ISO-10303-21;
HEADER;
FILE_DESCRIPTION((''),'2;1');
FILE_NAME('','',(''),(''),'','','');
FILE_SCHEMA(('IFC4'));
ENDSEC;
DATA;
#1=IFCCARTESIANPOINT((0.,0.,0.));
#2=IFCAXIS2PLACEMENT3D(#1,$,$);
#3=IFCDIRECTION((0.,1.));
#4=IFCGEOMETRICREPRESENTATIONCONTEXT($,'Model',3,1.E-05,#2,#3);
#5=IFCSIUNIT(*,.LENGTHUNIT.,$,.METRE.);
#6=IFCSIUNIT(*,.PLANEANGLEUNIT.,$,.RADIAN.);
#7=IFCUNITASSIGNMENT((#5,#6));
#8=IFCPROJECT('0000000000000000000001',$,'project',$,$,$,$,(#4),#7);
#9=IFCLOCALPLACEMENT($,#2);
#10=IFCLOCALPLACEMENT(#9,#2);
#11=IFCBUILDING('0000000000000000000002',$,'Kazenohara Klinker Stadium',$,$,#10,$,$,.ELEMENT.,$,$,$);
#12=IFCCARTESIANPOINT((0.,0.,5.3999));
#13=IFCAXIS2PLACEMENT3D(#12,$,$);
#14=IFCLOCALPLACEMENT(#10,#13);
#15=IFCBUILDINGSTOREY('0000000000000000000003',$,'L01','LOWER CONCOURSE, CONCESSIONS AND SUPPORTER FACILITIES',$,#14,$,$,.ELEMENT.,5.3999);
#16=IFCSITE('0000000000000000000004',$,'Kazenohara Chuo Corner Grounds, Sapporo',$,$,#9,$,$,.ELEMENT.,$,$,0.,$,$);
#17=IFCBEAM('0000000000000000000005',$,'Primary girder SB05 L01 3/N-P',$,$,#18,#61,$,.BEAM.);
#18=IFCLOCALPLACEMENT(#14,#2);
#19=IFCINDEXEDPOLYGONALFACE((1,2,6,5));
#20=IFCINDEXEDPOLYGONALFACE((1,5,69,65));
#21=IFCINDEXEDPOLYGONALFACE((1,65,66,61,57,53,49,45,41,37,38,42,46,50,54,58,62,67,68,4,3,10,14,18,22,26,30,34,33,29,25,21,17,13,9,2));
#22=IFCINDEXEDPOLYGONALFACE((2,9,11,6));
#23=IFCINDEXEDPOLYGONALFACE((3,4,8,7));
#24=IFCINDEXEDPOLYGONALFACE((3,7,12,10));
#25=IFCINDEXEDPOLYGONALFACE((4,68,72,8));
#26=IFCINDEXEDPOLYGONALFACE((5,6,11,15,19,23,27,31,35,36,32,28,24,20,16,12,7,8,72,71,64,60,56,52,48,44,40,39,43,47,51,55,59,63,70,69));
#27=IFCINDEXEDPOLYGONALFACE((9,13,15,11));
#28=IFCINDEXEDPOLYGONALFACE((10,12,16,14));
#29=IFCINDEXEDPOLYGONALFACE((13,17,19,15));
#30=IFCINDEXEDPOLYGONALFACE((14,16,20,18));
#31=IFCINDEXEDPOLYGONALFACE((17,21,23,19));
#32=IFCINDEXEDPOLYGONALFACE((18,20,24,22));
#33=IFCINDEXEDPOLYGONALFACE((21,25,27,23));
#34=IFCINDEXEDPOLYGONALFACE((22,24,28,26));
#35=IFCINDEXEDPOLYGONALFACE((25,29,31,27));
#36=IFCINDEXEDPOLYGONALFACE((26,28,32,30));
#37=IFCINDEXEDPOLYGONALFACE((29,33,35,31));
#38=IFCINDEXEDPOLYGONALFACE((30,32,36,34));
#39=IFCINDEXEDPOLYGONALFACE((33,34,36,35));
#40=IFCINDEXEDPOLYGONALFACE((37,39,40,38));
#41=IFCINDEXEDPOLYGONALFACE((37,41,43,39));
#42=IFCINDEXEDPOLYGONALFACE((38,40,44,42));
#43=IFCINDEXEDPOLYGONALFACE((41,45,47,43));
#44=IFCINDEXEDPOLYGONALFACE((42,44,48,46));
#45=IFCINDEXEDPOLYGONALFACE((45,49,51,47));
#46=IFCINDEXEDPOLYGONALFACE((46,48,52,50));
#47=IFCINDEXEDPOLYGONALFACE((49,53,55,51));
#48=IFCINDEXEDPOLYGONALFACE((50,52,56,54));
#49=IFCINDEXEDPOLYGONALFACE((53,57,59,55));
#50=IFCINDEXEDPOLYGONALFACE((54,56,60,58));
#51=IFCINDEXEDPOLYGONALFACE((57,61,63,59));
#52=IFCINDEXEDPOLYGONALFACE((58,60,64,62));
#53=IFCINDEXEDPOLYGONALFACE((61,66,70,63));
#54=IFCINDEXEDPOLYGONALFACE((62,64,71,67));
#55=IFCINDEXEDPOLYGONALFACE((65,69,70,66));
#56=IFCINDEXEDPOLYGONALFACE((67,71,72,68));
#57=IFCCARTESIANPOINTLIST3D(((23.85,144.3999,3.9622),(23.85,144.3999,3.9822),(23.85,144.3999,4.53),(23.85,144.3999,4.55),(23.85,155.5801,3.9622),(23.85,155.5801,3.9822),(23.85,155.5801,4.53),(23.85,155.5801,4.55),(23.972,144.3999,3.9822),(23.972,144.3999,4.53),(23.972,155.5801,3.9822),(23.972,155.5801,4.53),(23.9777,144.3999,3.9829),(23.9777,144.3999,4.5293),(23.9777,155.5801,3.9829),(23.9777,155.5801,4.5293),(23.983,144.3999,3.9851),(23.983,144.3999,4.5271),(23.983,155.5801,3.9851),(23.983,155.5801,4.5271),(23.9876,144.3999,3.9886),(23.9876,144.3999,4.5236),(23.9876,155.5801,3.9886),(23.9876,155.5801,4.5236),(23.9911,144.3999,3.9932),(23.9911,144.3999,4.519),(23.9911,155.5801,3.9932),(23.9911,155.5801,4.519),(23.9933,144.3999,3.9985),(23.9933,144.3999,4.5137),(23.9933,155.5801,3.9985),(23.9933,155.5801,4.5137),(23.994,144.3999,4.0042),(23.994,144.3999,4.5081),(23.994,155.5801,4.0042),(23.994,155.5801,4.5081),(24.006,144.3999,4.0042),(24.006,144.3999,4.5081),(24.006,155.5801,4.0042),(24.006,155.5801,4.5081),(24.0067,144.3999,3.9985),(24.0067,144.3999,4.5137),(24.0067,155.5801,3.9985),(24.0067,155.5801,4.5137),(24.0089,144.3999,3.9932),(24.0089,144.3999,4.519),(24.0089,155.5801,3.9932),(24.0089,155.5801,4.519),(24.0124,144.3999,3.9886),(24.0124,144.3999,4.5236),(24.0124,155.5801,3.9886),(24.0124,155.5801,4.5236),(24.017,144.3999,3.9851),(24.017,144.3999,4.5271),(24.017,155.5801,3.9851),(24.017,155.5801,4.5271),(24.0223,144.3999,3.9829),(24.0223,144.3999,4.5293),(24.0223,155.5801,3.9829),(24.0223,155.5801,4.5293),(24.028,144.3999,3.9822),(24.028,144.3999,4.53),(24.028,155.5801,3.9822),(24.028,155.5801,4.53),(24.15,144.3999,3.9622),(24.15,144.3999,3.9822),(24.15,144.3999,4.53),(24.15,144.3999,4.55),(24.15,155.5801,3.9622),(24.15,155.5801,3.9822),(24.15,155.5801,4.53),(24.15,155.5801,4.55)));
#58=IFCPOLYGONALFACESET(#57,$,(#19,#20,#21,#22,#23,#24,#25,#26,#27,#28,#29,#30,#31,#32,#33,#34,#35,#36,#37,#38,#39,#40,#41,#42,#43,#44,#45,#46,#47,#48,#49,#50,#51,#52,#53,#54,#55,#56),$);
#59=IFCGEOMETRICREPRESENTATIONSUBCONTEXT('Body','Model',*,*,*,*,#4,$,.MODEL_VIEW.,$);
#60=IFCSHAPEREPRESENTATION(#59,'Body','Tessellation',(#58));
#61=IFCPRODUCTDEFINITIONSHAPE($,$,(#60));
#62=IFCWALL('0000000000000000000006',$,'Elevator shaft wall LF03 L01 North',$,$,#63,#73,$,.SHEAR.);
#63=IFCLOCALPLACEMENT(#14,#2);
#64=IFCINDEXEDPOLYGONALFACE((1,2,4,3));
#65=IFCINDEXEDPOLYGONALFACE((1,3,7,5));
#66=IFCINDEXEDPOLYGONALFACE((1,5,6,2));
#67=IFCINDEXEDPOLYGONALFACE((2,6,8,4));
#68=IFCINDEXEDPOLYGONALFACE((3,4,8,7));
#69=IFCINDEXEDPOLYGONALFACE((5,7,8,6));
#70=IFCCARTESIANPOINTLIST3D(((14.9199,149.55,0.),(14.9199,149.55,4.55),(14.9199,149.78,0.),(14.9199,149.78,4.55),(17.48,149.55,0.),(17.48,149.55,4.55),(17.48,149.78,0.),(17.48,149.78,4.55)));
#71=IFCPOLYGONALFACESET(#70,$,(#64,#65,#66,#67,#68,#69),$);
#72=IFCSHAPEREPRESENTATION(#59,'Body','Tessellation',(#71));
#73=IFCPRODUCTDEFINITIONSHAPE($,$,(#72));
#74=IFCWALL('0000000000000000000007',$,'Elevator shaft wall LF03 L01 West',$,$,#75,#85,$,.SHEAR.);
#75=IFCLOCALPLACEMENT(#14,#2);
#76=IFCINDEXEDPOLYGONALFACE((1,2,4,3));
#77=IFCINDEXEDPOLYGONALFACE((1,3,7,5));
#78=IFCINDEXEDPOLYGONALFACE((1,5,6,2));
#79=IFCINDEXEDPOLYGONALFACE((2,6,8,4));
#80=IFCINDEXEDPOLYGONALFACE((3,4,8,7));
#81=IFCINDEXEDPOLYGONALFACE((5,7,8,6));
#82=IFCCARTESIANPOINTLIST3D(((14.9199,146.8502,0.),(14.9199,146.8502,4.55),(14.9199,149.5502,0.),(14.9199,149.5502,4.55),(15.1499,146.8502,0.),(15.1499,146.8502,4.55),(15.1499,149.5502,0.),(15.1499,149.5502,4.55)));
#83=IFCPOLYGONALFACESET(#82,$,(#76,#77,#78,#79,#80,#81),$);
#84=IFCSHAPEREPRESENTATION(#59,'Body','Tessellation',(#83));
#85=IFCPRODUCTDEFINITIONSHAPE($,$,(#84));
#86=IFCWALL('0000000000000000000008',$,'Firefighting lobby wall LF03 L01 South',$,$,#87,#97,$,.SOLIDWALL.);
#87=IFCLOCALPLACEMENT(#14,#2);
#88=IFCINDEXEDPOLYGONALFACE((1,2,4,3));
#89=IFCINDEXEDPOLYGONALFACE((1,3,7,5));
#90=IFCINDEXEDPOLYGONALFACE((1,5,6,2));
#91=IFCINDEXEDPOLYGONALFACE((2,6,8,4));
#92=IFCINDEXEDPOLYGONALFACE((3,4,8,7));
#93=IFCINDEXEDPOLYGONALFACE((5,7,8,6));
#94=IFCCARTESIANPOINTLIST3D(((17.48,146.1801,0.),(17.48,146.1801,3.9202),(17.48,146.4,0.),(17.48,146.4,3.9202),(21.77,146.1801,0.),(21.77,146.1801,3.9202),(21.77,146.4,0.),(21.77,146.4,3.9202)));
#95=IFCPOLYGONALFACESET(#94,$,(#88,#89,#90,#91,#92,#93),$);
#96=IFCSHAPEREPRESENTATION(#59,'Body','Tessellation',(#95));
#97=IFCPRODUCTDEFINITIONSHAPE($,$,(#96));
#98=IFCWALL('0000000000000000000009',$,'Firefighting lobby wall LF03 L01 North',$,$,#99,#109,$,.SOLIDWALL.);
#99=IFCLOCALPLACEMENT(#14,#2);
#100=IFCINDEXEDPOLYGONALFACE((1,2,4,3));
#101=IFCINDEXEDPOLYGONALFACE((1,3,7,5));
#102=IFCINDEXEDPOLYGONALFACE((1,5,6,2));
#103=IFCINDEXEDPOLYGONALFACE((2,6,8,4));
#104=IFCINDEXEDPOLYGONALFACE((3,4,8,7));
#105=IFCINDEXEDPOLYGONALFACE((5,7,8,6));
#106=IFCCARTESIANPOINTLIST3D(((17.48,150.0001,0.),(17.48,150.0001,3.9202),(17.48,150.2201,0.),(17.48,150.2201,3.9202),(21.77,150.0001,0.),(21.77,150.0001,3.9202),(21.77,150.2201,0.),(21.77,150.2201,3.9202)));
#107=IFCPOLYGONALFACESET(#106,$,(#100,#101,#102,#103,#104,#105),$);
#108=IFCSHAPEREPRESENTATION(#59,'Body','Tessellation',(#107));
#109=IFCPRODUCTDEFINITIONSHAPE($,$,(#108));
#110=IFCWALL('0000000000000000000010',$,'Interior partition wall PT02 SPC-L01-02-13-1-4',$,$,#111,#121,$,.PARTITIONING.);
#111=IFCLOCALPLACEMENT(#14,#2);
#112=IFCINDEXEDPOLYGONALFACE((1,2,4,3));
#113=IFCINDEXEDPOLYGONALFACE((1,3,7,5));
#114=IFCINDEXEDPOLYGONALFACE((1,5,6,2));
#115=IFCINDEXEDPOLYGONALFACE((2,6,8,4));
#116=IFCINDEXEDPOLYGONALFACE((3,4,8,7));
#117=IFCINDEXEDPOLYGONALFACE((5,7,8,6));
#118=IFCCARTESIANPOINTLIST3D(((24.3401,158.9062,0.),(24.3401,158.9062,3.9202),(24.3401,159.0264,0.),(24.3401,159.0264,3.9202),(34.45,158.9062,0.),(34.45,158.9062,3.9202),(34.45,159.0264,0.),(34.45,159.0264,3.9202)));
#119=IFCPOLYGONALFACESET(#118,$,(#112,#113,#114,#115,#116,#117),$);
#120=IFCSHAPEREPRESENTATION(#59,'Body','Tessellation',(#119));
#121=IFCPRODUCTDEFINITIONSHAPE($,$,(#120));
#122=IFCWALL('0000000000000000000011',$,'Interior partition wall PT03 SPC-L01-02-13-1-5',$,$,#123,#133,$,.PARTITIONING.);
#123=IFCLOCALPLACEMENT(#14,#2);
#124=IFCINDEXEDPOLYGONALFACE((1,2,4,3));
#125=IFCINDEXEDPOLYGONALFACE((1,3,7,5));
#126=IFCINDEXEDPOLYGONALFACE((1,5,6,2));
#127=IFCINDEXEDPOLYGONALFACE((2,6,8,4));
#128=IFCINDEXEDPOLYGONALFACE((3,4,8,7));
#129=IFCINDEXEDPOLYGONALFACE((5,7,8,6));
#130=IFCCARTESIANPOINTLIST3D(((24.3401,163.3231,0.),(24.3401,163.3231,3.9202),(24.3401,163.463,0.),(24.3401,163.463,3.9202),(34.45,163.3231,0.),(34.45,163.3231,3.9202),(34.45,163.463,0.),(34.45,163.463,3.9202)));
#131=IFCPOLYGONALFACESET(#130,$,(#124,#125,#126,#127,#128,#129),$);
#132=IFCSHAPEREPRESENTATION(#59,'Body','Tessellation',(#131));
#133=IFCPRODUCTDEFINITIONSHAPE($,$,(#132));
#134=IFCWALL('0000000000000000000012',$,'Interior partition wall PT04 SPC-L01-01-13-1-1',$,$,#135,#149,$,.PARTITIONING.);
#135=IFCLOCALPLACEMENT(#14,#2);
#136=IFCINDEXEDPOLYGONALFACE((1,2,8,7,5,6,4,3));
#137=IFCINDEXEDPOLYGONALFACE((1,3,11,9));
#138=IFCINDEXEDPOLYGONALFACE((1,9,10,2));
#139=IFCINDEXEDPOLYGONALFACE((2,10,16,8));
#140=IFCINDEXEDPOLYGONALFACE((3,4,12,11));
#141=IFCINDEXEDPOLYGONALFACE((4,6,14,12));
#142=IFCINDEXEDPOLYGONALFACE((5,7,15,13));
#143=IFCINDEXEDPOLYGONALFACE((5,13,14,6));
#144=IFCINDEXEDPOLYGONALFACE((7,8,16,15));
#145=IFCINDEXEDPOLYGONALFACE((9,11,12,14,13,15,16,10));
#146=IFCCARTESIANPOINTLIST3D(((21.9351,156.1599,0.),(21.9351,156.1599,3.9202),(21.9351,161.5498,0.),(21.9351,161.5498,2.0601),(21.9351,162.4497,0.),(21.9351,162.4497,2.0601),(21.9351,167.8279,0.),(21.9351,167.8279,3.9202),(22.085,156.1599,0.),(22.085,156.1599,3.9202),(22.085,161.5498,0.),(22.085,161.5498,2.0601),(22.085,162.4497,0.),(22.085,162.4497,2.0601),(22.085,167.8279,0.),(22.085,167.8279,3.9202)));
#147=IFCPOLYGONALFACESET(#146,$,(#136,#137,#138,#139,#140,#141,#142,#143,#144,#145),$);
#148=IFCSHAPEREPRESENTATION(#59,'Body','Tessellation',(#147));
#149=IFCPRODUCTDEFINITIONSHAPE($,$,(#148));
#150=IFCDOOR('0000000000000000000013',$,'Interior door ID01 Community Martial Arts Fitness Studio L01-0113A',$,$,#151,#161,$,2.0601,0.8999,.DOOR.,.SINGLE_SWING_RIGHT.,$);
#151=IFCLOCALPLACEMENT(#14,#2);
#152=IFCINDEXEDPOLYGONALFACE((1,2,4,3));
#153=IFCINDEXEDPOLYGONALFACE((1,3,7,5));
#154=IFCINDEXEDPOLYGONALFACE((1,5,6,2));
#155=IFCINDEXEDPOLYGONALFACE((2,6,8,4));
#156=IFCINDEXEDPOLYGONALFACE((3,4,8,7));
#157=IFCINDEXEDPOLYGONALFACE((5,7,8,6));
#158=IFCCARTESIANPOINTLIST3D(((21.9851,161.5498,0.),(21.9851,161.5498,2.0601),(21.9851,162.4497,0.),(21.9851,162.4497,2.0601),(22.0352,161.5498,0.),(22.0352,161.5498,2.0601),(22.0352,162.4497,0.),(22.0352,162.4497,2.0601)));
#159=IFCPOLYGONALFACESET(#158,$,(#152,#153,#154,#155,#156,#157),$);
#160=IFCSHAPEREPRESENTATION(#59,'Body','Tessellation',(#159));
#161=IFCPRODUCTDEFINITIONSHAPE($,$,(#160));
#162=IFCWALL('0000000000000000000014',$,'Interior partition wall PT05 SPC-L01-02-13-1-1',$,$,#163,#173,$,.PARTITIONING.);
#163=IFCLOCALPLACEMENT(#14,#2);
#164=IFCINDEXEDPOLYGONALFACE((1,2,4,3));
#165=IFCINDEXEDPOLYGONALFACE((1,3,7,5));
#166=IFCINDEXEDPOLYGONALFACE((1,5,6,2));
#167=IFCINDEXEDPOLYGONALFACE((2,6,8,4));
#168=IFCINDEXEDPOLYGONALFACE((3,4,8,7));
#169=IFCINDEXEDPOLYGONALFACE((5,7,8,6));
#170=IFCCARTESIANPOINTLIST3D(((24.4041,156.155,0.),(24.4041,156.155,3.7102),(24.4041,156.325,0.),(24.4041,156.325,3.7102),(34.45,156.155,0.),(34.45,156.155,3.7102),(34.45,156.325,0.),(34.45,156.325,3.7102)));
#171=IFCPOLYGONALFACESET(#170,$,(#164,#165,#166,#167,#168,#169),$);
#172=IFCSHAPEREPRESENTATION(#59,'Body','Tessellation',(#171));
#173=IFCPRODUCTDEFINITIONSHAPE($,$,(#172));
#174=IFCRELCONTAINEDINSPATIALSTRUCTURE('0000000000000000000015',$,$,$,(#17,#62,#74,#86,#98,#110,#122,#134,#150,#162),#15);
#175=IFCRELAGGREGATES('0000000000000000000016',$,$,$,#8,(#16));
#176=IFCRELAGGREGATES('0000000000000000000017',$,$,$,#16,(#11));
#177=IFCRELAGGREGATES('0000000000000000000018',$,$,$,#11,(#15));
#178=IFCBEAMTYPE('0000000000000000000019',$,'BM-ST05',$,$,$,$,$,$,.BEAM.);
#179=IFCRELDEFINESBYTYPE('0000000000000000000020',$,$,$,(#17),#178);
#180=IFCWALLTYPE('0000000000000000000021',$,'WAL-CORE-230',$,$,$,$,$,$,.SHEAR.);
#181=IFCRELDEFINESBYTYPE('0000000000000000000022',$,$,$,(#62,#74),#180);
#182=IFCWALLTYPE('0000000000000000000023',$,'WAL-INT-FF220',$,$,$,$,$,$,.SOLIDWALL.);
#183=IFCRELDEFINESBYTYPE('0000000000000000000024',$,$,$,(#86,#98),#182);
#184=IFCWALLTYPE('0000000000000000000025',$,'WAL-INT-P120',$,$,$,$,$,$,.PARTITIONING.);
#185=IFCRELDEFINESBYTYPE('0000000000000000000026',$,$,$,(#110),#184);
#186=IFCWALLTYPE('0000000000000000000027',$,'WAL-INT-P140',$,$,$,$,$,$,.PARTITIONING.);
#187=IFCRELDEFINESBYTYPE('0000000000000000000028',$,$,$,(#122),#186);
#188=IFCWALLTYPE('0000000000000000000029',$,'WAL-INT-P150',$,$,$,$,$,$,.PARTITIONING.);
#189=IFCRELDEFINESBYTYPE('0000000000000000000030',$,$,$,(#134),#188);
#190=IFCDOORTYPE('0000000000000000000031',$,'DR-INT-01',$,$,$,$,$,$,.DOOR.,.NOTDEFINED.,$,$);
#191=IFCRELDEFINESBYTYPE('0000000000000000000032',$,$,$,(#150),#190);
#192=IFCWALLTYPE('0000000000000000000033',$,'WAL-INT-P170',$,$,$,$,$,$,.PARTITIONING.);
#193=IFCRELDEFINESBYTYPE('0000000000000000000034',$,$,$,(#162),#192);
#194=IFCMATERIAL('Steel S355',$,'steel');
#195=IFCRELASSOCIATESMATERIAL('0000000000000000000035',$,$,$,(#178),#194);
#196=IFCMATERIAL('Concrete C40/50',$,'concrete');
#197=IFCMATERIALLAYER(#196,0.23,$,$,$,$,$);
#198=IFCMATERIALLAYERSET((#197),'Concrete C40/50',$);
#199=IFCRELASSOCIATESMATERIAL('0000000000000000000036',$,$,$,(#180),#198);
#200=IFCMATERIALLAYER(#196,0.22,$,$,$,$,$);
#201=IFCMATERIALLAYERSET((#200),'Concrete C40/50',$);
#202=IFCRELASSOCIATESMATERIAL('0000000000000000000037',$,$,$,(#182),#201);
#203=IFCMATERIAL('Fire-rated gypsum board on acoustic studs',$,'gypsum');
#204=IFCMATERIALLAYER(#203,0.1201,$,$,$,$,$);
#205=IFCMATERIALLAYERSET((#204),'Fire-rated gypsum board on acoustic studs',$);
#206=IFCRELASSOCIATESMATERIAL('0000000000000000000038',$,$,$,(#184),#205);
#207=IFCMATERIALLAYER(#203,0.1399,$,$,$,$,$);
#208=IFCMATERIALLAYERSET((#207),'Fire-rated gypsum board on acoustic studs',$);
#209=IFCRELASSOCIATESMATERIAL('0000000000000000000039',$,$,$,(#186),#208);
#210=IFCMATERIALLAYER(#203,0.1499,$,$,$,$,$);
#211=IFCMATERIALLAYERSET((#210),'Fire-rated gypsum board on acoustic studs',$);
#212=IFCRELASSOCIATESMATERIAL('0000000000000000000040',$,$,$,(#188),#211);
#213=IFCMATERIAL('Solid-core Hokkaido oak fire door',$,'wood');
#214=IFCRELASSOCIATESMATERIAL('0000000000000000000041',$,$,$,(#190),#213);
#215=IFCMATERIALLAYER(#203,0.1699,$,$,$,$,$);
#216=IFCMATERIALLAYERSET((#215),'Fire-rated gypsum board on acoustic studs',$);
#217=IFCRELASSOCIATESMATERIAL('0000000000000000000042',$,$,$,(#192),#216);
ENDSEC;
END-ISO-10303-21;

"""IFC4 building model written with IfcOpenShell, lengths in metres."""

from ifc_helpers import new_model, si_unit, direction, frame, frame_2d, origin, origin_2d, place, context, subcontext, project, spatial, rectangle, i_section, extrude, material, layer, layer_set, material_profile, profile_set, type_object, element, fill, save


model = new_model("IFC4")

# Units and contexts
model_context = context("Model", 3, precision=1e-05, world=origin(), true_north=direction((0.0, 1.0)))
body_context = subcontext(model_context, "Body", "Model", "MODEL_VIEW")
ifc_project = project(units=[si_unit("LENGTHUNIT", "METRE"), si_unit("PLANEANGLEUNIT", "RADIAN")], contexts=[model_context])

# Site, building, storey
site_placement = place(None, origin())
site = spatial("IfcSite", under=ifc_project, at=site_placement, Name="Kazenohara Chuo Corner Grounds, Sapporo", CompositionType="ELEMENT", RefElevation=0.0)
building_placement = place(site_placement, origin())
building = spatial("IfcBuilding", under=site, at=building_placement, Name="Kazenohara Klinker Stadium", CompositionType="ELEMENT")
storey_placement = place(building_placement, frame((0.0, 0.0, 5.3999)))
storey = spatial("IfcBuildingStorey", under=building, at=storey_placement, Name="L01", Description="LOWER CONCOURSE, CONCESSIONS AND SUPPORTER FACILITIES", CompositionType="ELEMENT", Elevation=5.3999)

# Shared definitions
ifc_material_1 = material(Name="Concrete C40/50", Category="concrete")

# Beam
ifc_material_2 = material(Name="Steel S355", Category="steel")
ifc_material_profile_1 = material_profile(ifc_material_2, i_section(OverallWidth=0.3, OverallDepth=0.5879, WebThickness=0.012, FlangeThickness=0.02, FilletRadius=0.022, at=origin_2d()), Name="H-588x300x12x20")
ifc_profile_set_1 = profile_set([ifc_material_profile_1], Name="Steel S355")
beam_type_1 = type_object("IfcBeamType", Name="BM-ST05", PredefinedType="BEAM", material=ifc_profile_set_1)
beam_1_placement = place(storey_placement, frame((24.0, 144.3999, 4.2561), z_axis=(0.0, 1.0, 0.0), x_axis=(-1.0, 0.0, 0.0)))
element("IfcBeam", 1, at=beam_1_placement, inside=storey, type_object=beam_type_1, Name="Primary girder SB05 L01 3/N-P", PredefinedType="BEAM", context=body_context, shape_type="SweptSolid", body=[
    extrude(i_section(OverallWidth=0.3, OverallDepth=0.5879, WebThickness=0.012, FlangeThickness=0.02, FilletRadius=0.022, at=origin_2d()), origin(), (0.0, 0.0, 1.0), 11.1802),
])

# Walls
ifc_layer_1 = layer(ifc_material_1, 0.23)
ifc_layer_set_1 = layer_set([ifc_layer_1], Name="Concrete C40/50")
wall_type_1 = type_object("IfcWallType", Name="WAL-CORE-230", PredefinedType="SHEAR", material=ifc_layer_set_1)
wall_1_placement = place(storey_placement, frame((14.9199, 149.665, 0.0), z_axis=(0.0, 0.0, 1.0), x_axis=(1.0, 0.0, 0.0)))
element("IfcWall", 2, at=wall_1_placement, inside=storey, type_object=wall_type_1, Name="Elevator shaft wall LF03 L01 North", PredefinedType="SHEAR", context=body_context, shape_type="SweptSolid", body=[
    extrude(rectangle(XDim=2.5601, YDim=0.23, at=frame_2d((1.28, 0.0))), origin(), (0.0, 0.0, 1.0), 4.55),
])
wall_2_placement = place(storey_placement, frame((15.0349, 146.8501, 0.0), z_axis=(0.0, 0.0, 1.0), x_axis=(0.0, 1.0, 0.0)))
element("IfcWall", 3, at=wall_2_placement, inside=storey, type_object=wall_type_1, Name="Elevator shaft wall LF03 L01 West", PredefinedType="SHEAR", context=body_context, shape_type="SweptSolid", body=[
    extrude(rectangle(XDim=2.7, YDim=0.23, at=frame_2d((1.3501, 0.0))), origin(), (0.0, 0.0, 1.0), 4.55),
])

# Walls
ifc_layer_2 = layer(ifc_material_1, 0.22)
ifc_layer_set_2 = layer_set([ifc_layer_2], Name="Concrete C40/50")
wall_type_2 = type_object("IfcWallType", Name="WAL-INT-FF220", PredefinedType="SOLIDWALL", material=ifc_layer_set_2)
for number, where, z_axis, x_axis, name in (
    (4, (17.48, 146.29, 0.0), (0.0, 0.0, 1.0), (1.0, 0.0, 0.0), "Firefighting lobby wall LF03 L01 South"),
    (5, (17.48, 150.1101, 0.0), (0.0, 0.0, 1.0), (1.0, 0.0, 0.0), "Firefighting lobby wall LF03 L01 North"),
):
    element("IfcWall", number, at=place(storey_placement, frame(where, z_axis=z_axis, x_axis=x_axis)), inside=storey, type_object=wall_type_2, Name=name, PredefinedType="SOLIDWALL", context=body_context, shape_type="SweptSolid", body=[
        extrude(rectangle(XDim=4.29, YDim=0.22, at=frame_2d((2.145, 0.0))), origin(), (0.0, 0.0, 1.0), 3.9202),
    ])

# Walls
ifc_material_3 = material(Name="Fire-rated gypsum board on acoustic studs", Category="gypsum")
ifc_layer_3 = layer(ifc_material_3, 0.1201)
ifc_layer_set_3 = layer_set([ifc_layer_3], Name="Fire-rated gypsum board on acoustic studs")
wall_type_3 = type_object("IfcWallType", Name="WAL-INT-P120", PredefinedType="PARTITIONING", material=ifc_layer_set_3)
wall_3_placement = place(storey_placement, frame((24.3401, 158.9663, 0.0), z_axis=(0.0, 0.0, 1.0), x_axis=(1.0, 0.0, 0.0)))
element("IfcWall", 6, at=wall_3_placement, inside=storey, type_object=wall_type_3, Name="Interior partition wall PT02 SPC-L01-02-13-1-4", PredefinedType="PARTITIONING", context=body_context, shape_type="SweptSolid", body=[
    extrude(rectangle(XDim=10.1099, YDim=0.1201, at=frame_2d((5.0549, 0.0))), origin(), (0.0, 0.0, 1.0), 3.9202),
])
ifc_layer_4 = layer(ifc_material_3, 0.1399)
ifc_layer_set_4 = layer_set([ifc_layer_4], Name="Fire-rated gypsum board on acoustic studs")
wall_type_4 = type_object("IfcWallType", Name="WAL-INT-P140", PredefinedType="PARTITIONING", material=ifc_layer_set_4)
wall_4_placement = place(storey_placement, frame((24.3401, 163.3931, 0.0), z_axis=(0.0, 0.0, 1.0), x_axis=(1.0, 0.0, 0.0)))
element("IfcWall", 7, at=wall_4_placement, inside=storey, type_object=wall_type_4, Name="Interior partition wall PT03 SPC-L01-02-13-1-5", PredefinedType="PARTITIONING", context=body_context, shape_type="SweptSolid", body=[
    extrude(rectangle(XDim=10.1099, YDim=0.1399, at=frame_2d((5.0549, 0.0))), origin(), (0.0, 0.0, 1.0), 3.9202),
])

# Wall, opening, door
ifc_layer_5 = layer(ifc_material_3, 0.1499)
ifc_layer_set_5 = layer_set([ifc_layer_5], Name="Fire-rated gypsum board on acoustic studs")
wall_type_5 = type_object("IfcWallType", Name="WAL-INT-P150", PredefinedType="PARTITIONING", material=ifc_layer_set_5)
wall_5_placement = place(storey_placement, frame((22.01, 156.1599, 0.0), z_axis=(0.0, 0.0, 1.0), x_axis=(0.0, 1.0, 0.0)))
wall_5 = element("IfcWall", 8, at=wall_5_placement, inside=storey, type_object=wall_type_5, Name="Interior partition wall PT04 SPC-L01-01-13-1-1", PredefinedType="PARTITIONING", context=body_context, shape_type="SweptSolid", body=[
    extrude(rectangle(XDim=11.668, YDim=0.1499, at=frame_2d((5.834, 0.0))), origin(), (0.0, 0.0, 1.0), 3.9202),
])
opening_1_placement = place(wall_5_placement, frame((5.3899, 0.0, 0.0)))
opening_1 = element("IfcOpeningElement", 9, at=opening_1_placement, cuts=wall_5, PredefinedType="OPENING", context=body_context, shape_type="SweptSolid", body=[
    extrude(rectangle(XDim=0.8999, YDim=2.0601, at=frame_2d((0.45, 1.03))), frame((0.0, 0.085, 0.0), z_axis=(0.0, -1.0, 0.0), x_axis=(1.0, 0.0, 0.0)), (0.0, 0.0, 1.0), 0.1699),
])
ifc_material_4 = material(Name="Solid-core Hokkaido oak fire door", Category="wood")
door_type_1 = type_object("IfcDoorType", Name="DR-INT-01", OperationType="NOTDEFINED", PredefinedType="DOOR", material=ifc_material_4)
door_1_placement = place(opening_1_placement, origin())
door_1 = element("IfcDoor", 10, at=door_1_placement, inside=storey, type_object=door_type_1, Name="Interior door ID01 Community Martial Arts Fitness Studio L01-0113A", OperationType="SINGLE_SWING_RIGHT", OverallHeight=2.0601, OverallWidth=0.8999, PredefinedType="DOOR", context=body_context, shape_type="SweptSolid", body=[
    extrude(rectangle(XDim=0.8999, YDim=2.0601, at=frame_2d((0.45, 1.03))), frame((0.0, 0.0249, 0.0), z_axis=(0.0, -1.0, 0.0), x_axis=(1.0, 0.0, 0.0)), (0.0, 0.0, 1.0), 0.05),
])
fill(opening_1, door_1)

# Wall
ifc_layer_6 = layer(ifc_material_3, 0.1699)
ifc_layer_set_6 = layer_set([ifc_layer_6], Name="Fire-rated gypsum board on acoustic studs")
wall_type_6 = type_object("IfcWallType", Name="WAL-INT-P170", PredefinedType="PARTITIONING", material=ifc_layer_set_6)
wall_6_placement = place(storey_placement, frame((24.4041, 156.24, 0.0), z_axis=(0.0, 0.0, 1.0), x_axis=(1.0, 0.0, 0.0)))
element("IfcWall", 11, at=wall_6_placement, inside=storey, type_object=wall_type_6, Name="Interior partition wall PT05 SPC-L01-02-13-1-1", PredefinedType="PARTITIONING", context=body_context, shape_type="SweptSolid", body=[
    extrude(rectangle(XDim=10.0459, YDim=0.1699, at=frame_2d((5.0229, 0.0))), origin(), (0.0, 0.0, 1.0), 3.7102),
])

save(model, "model.ifc")
